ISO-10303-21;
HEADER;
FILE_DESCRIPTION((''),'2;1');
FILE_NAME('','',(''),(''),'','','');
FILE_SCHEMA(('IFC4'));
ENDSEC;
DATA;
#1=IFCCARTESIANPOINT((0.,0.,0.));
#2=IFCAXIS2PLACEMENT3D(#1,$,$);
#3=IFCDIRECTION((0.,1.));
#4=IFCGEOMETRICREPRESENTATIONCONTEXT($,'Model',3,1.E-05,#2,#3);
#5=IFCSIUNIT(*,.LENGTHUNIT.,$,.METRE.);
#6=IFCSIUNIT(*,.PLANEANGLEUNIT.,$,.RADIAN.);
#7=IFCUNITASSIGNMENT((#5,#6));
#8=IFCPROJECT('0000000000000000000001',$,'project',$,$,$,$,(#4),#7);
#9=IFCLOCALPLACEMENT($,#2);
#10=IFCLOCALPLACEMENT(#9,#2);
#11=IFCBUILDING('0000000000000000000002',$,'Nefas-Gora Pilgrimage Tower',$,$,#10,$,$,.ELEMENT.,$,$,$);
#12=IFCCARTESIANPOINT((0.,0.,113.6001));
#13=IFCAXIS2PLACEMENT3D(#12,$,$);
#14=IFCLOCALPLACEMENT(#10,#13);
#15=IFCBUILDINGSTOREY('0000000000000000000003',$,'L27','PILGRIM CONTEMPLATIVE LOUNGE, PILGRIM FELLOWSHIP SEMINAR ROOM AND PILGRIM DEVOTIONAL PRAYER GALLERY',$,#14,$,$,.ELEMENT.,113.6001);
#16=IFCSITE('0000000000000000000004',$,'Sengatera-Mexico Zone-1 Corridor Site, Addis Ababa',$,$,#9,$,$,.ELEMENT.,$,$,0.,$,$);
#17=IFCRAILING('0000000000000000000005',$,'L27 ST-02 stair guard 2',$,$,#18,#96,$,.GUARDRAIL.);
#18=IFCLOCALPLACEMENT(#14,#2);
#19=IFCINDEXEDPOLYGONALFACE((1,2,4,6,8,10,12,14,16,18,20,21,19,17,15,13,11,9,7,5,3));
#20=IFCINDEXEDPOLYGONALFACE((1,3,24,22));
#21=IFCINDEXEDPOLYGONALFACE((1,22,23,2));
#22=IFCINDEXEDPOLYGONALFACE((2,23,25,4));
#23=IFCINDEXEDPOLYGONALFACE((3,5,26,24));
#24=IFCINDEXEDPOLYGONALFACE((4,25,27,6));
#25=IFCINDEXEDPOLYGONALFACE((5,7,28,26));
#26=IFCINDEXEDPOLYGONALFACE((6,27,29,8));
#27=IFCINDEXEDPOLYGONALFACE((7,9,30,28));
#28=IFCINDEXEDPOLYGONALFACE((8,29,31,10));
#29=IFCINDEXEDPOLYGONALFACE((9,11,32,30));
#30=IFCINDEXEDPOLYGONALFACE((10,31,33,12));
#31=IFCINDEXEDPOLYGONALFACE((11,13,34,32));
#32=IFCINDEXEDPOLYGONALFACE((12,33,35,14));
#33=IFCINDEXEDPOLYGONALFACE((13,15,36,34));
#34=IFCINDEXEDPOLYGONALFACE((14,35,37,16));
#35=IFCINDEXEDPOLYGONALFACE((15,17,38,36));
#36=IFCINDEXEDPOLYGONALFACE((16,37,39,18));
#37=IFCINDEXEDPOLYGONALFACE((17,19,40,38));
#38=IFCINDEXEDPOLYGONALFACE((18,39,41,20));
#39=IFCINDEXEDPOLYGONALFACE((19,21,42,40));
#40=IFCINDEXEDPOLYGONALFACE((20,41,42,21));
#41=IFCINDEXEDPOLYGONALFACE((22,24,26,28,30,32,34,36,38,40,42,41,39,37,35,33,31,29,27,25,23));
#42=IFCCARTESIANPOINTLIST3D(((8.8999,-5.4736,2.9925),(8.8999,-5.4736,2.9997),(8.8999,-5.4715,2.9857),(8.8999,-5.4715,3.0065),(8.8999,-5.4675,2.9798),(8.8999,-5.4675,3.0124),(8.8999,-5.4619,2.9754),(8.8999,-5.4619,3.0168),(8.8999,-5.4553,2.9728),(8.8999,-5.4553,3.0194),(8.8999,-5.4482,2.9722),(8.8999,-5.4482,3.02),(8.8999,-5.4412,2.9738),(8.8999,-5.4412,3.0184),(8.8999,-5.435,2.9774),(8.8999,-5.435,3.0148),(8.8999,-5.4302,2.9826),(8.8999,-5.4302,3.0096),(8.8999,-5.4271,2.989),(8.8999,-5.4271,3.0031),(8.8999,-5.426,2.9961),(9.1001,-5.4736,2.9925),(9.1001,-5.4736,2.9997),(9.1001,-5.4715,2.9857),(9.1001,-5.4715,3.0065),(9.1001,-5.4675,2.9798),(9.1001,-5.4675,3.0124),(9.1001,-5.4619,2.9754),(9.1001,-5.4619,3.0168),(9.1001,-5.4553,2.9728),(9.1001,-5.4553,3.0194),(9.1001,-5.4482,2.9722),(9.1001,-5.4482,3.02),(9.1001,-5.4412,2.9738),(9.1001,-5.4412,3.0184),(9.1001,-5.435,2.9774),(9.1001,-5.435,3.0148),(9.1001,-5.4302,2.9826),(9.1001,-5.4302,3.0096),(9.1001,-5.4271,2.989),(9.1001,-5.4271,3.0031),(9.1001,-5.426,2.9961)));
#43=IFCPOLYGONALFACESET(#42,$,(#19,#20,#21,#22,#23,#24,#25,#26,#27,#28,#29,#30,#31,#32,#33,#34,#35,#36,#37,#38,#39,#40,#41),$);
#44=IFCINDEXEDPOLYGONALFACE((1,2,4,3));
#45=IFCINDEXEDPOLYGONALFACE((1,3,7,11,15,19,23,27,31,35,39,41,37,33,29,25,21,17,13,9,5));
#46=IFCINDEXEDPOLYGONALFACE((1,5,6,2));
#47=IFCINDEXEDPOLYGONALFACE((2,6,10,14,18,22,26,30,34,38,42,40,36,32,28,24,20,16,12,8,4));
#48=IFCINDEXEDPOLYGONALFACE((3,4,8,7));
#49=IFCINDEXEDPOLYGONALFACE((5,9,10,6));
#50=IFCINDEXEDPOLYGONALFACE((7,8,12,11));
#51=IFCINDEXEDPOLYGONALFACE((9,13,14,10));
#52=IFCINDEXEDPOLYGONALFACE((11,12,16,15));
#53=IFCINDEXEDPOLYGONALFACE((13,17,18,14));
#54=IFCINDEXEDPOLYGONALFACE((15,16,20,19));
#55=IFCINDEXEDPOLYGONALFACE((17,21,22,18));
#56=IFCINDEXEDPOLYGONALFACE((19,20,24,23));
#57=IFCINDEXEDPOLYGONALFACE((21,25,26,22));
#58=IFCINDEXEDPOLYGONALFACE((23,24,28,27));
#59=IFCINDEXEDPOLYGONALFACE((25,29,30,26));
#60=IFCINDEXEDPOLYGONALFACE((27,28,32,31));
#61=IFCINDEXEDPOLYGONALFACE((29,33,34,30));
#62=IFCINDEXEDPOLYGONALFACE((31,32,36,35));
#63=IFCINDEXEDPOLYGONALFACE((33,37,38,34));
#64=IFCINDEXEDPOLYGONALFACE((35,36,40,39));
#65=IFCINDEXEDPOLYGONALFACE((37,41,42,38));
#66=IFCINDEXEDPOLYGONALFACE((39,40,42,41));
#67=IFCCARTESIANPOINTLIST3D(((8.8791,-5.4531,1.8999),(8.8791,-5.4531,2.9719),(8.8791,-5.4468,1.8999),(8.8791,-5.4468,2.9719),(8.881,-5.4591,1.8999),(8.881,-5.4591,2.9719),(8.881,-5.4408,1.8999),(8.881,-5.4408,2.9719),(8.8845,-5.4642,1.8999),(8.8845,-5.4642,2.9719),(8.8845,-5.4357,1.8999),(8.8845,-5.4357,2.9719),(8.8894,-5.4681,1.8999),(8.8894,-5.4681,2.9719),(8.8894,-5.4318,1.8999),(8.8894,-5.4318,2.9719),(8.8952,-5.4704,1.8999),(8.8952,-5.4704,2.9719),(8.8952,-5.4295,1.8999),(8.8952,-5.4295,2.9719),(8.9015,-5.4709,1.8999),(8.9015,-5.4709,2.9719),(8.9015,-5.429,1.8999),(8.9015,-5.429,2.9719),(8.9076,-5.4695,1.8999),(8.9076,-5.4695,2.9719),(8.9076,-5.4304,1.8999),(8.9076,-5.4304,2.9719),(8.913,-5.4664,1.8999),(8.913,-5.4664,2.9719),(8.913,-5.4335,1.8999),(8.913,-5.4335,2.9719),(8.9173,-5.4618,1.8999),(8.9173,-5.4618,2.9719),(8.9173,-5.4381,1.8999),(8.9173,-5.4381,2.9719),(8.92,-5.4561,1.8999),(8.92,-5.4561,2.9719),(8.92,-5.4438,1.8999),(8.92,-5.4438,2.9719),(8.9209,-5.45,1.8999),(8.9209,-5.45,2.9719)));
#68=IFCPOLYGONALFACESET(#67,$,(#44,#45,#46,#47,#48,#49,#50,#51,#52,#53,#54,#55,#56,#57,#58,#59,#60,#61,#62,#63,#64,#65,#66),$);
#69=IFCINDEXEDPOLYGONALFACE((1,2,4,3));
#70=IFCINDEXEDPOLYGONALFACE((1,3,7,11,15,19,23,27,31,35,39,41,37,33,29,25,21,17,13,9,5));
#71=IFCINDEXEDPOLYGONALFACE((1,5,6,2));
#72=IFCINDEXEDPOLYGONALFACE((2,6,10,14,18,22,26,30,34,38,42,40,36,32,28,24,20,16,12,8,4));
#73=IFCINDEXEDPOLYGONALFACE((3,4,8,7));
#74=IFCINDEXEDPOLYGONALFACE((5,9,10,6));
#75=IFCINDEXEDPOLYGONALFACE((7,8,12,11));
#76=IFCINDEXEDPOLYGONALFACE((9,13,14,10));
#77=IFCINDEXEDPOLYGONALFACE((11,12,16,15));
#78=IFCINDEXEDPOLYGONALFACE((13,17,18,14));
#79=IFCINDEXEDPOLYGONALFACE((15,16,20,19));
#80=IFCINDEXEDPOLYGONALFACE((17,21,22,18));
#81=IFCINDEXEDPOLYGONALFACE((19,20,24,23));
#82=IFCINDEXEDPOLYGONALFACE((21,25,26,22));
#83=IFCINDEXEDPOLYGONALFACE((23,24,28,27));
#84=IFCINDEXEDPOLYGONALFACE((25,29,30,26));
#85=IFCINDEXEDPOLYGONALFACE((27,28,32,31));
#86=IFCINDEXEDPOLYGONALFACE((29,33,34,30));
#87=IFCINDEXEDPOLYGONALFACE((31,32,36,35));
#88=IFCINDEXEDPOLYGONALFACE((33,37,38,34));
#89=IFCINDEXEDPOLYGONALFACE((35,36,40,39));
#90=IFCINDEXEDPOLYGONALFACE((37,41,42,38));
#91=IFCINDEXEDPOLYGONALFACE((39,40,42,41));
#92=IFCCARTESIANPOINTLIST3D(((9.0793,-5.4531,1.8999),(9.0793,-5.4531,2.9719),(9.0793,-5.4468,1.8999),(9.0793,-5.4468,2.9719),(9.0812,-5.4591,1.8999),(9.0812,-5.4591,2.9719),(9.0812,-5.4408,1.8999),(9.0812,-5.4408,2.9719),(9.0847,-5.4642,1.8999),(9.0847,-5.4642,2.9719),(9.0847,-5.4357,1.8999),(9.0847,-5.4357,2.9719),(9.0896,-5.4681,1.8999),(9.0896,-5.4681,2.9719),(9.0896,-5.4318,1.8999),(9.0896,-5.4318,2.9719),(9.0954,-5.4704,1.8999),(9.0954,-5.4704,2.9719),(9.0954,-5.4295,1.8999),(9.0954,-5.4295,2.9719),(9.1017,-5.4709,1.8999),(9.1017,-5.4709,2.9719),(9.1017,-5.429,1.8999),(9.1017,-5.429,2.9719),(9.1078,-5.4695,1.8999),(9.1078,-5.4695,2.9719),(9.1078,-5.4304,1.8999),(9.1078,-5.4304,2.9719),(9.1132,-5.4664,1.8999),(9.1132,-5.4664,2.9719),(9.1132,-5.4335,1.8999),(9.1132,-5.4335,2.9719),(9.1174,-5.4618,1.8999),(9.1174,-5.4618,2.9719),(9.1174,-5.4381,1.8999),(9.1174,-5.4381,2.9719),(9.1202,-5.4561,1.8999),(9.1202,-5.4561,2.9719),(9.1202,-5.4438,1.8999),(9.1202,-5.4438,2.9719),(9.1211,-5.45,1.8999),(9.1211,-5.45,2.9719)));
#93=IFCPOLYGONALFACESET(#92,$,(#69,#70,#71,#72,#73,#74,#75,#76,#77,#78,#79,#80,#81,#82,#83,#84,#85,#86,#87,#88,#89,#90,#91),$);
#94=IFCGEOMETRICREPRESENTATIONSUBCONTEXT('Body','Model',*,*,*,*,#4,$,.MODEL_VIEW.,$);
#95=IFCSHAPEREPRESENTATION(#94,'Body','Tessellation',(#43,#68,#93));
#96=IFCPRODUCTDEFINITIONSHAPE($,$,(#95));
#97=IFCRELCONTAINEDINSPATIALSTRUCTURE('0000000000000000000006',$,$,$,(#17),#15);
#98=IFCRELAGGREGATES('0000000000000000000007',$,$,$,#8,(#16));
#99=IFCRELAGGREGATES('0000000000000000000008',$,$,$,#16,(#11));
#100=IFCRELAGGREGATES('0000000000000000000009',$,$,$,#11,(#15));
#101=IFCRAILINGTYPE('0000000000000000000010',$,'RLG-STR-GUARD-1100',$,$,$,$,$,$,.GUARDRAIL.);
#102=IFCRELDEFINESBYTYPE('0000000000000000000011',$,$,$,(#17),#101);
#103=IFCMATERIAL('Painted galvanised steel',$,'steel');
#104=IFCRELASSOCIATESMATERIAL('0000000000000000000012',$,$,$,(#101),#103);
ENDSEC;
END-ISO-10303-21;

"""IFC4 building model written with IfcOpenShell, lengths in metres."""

from ifc_helpers import new_model, si_unit, direction, frame, origin, origin_2d, place, context, subcontext, project, spatial, circle, extrude, material, type_object, element, save


model = new_model("IFC4")

# Units and contexts
model_context = context("Model", 3, precision=1e-05, world=origin(), true_north=direction((0.0, 1.0)))
body_context = subcontext(model_context, "Body", "Model", "MODEL_VIEW")
ifc_project = project(units=[si_unit("LENGTHUNIT", "METRE"), si_unit("PLANEANGLEUNIT", "RADIAN")], contexts=[model_context])

# Site, building, storey
site_placement = place(None, origin())
site = spatial("IfcSite", under=ifc_project, at=site_placement, Name="Sengatera-Mexico Zone-1 Corridor Site, Addis Ababa", CompositionType="ELEMENT", RefElevation=0.0)
building_placement = place(site_placement, origin())
building = spatial("IfcBuilding", under=site, at=building_placement, Name="Nefas-Gora Pilgrimage Tower", CompositionType="ELEMENT")
storey_placement = place(building_placement, frame((0.0, 0.0, 113.6001)))
storey = spatial("IfcBuildingStorey", under=building, at=storey_placement, Name="L27", Description="PILGRIM CONTEMPLATIVE LOUNGE, PILGRIM FELLOWSHIP SEMINAR ROOM AND PILGRIM DEVOTIONAL PRAYER GALLERY", CompositionType="ELEMENT", Elevation=113.6001)

# Railing
ifc_material_1 = material(Name="Painted galvanised steel", Category="steel")
railing_type_1 = type_object("IfcRailingType", Name="RLG-STR-GUARD-1100", PredefinedType="GUARDRAIL", material=ifc_material_1)
railing_1_placement = place(storey_placement, frame((8.8999, -5.45, 1.8999)))
element("IfcRailing", 1, at=railing_1_placement, inside=storey, type_object=railing_type_1, Name="L27 ST-02 stair guard 2", PredefinedType="GUARDRAIL", context=body_context, shape_type="SweptSolid", body=[
    extrude(circle(Radius=0.0239, at=origin_2d()), frame((0.0, 0.0, 1.0962), z_axis=(1.0, 0.0, 0.0), x_axis=(0.0, 1.0, 0.0)), (0.0, 0.0, 1.0), 0.2002),
    extrude(circle(Radius=0.021, at=origin_2d()), origin(), (0.0, 0.0, 1.0), 1.072),
    extrude(circle(Radius=0.021, at=origin_2d()), frame((0.2002, 0.0, 0.0)), (0.0, 0.0, 1.0), 1.072),
])

save(model, "model.ifc")
